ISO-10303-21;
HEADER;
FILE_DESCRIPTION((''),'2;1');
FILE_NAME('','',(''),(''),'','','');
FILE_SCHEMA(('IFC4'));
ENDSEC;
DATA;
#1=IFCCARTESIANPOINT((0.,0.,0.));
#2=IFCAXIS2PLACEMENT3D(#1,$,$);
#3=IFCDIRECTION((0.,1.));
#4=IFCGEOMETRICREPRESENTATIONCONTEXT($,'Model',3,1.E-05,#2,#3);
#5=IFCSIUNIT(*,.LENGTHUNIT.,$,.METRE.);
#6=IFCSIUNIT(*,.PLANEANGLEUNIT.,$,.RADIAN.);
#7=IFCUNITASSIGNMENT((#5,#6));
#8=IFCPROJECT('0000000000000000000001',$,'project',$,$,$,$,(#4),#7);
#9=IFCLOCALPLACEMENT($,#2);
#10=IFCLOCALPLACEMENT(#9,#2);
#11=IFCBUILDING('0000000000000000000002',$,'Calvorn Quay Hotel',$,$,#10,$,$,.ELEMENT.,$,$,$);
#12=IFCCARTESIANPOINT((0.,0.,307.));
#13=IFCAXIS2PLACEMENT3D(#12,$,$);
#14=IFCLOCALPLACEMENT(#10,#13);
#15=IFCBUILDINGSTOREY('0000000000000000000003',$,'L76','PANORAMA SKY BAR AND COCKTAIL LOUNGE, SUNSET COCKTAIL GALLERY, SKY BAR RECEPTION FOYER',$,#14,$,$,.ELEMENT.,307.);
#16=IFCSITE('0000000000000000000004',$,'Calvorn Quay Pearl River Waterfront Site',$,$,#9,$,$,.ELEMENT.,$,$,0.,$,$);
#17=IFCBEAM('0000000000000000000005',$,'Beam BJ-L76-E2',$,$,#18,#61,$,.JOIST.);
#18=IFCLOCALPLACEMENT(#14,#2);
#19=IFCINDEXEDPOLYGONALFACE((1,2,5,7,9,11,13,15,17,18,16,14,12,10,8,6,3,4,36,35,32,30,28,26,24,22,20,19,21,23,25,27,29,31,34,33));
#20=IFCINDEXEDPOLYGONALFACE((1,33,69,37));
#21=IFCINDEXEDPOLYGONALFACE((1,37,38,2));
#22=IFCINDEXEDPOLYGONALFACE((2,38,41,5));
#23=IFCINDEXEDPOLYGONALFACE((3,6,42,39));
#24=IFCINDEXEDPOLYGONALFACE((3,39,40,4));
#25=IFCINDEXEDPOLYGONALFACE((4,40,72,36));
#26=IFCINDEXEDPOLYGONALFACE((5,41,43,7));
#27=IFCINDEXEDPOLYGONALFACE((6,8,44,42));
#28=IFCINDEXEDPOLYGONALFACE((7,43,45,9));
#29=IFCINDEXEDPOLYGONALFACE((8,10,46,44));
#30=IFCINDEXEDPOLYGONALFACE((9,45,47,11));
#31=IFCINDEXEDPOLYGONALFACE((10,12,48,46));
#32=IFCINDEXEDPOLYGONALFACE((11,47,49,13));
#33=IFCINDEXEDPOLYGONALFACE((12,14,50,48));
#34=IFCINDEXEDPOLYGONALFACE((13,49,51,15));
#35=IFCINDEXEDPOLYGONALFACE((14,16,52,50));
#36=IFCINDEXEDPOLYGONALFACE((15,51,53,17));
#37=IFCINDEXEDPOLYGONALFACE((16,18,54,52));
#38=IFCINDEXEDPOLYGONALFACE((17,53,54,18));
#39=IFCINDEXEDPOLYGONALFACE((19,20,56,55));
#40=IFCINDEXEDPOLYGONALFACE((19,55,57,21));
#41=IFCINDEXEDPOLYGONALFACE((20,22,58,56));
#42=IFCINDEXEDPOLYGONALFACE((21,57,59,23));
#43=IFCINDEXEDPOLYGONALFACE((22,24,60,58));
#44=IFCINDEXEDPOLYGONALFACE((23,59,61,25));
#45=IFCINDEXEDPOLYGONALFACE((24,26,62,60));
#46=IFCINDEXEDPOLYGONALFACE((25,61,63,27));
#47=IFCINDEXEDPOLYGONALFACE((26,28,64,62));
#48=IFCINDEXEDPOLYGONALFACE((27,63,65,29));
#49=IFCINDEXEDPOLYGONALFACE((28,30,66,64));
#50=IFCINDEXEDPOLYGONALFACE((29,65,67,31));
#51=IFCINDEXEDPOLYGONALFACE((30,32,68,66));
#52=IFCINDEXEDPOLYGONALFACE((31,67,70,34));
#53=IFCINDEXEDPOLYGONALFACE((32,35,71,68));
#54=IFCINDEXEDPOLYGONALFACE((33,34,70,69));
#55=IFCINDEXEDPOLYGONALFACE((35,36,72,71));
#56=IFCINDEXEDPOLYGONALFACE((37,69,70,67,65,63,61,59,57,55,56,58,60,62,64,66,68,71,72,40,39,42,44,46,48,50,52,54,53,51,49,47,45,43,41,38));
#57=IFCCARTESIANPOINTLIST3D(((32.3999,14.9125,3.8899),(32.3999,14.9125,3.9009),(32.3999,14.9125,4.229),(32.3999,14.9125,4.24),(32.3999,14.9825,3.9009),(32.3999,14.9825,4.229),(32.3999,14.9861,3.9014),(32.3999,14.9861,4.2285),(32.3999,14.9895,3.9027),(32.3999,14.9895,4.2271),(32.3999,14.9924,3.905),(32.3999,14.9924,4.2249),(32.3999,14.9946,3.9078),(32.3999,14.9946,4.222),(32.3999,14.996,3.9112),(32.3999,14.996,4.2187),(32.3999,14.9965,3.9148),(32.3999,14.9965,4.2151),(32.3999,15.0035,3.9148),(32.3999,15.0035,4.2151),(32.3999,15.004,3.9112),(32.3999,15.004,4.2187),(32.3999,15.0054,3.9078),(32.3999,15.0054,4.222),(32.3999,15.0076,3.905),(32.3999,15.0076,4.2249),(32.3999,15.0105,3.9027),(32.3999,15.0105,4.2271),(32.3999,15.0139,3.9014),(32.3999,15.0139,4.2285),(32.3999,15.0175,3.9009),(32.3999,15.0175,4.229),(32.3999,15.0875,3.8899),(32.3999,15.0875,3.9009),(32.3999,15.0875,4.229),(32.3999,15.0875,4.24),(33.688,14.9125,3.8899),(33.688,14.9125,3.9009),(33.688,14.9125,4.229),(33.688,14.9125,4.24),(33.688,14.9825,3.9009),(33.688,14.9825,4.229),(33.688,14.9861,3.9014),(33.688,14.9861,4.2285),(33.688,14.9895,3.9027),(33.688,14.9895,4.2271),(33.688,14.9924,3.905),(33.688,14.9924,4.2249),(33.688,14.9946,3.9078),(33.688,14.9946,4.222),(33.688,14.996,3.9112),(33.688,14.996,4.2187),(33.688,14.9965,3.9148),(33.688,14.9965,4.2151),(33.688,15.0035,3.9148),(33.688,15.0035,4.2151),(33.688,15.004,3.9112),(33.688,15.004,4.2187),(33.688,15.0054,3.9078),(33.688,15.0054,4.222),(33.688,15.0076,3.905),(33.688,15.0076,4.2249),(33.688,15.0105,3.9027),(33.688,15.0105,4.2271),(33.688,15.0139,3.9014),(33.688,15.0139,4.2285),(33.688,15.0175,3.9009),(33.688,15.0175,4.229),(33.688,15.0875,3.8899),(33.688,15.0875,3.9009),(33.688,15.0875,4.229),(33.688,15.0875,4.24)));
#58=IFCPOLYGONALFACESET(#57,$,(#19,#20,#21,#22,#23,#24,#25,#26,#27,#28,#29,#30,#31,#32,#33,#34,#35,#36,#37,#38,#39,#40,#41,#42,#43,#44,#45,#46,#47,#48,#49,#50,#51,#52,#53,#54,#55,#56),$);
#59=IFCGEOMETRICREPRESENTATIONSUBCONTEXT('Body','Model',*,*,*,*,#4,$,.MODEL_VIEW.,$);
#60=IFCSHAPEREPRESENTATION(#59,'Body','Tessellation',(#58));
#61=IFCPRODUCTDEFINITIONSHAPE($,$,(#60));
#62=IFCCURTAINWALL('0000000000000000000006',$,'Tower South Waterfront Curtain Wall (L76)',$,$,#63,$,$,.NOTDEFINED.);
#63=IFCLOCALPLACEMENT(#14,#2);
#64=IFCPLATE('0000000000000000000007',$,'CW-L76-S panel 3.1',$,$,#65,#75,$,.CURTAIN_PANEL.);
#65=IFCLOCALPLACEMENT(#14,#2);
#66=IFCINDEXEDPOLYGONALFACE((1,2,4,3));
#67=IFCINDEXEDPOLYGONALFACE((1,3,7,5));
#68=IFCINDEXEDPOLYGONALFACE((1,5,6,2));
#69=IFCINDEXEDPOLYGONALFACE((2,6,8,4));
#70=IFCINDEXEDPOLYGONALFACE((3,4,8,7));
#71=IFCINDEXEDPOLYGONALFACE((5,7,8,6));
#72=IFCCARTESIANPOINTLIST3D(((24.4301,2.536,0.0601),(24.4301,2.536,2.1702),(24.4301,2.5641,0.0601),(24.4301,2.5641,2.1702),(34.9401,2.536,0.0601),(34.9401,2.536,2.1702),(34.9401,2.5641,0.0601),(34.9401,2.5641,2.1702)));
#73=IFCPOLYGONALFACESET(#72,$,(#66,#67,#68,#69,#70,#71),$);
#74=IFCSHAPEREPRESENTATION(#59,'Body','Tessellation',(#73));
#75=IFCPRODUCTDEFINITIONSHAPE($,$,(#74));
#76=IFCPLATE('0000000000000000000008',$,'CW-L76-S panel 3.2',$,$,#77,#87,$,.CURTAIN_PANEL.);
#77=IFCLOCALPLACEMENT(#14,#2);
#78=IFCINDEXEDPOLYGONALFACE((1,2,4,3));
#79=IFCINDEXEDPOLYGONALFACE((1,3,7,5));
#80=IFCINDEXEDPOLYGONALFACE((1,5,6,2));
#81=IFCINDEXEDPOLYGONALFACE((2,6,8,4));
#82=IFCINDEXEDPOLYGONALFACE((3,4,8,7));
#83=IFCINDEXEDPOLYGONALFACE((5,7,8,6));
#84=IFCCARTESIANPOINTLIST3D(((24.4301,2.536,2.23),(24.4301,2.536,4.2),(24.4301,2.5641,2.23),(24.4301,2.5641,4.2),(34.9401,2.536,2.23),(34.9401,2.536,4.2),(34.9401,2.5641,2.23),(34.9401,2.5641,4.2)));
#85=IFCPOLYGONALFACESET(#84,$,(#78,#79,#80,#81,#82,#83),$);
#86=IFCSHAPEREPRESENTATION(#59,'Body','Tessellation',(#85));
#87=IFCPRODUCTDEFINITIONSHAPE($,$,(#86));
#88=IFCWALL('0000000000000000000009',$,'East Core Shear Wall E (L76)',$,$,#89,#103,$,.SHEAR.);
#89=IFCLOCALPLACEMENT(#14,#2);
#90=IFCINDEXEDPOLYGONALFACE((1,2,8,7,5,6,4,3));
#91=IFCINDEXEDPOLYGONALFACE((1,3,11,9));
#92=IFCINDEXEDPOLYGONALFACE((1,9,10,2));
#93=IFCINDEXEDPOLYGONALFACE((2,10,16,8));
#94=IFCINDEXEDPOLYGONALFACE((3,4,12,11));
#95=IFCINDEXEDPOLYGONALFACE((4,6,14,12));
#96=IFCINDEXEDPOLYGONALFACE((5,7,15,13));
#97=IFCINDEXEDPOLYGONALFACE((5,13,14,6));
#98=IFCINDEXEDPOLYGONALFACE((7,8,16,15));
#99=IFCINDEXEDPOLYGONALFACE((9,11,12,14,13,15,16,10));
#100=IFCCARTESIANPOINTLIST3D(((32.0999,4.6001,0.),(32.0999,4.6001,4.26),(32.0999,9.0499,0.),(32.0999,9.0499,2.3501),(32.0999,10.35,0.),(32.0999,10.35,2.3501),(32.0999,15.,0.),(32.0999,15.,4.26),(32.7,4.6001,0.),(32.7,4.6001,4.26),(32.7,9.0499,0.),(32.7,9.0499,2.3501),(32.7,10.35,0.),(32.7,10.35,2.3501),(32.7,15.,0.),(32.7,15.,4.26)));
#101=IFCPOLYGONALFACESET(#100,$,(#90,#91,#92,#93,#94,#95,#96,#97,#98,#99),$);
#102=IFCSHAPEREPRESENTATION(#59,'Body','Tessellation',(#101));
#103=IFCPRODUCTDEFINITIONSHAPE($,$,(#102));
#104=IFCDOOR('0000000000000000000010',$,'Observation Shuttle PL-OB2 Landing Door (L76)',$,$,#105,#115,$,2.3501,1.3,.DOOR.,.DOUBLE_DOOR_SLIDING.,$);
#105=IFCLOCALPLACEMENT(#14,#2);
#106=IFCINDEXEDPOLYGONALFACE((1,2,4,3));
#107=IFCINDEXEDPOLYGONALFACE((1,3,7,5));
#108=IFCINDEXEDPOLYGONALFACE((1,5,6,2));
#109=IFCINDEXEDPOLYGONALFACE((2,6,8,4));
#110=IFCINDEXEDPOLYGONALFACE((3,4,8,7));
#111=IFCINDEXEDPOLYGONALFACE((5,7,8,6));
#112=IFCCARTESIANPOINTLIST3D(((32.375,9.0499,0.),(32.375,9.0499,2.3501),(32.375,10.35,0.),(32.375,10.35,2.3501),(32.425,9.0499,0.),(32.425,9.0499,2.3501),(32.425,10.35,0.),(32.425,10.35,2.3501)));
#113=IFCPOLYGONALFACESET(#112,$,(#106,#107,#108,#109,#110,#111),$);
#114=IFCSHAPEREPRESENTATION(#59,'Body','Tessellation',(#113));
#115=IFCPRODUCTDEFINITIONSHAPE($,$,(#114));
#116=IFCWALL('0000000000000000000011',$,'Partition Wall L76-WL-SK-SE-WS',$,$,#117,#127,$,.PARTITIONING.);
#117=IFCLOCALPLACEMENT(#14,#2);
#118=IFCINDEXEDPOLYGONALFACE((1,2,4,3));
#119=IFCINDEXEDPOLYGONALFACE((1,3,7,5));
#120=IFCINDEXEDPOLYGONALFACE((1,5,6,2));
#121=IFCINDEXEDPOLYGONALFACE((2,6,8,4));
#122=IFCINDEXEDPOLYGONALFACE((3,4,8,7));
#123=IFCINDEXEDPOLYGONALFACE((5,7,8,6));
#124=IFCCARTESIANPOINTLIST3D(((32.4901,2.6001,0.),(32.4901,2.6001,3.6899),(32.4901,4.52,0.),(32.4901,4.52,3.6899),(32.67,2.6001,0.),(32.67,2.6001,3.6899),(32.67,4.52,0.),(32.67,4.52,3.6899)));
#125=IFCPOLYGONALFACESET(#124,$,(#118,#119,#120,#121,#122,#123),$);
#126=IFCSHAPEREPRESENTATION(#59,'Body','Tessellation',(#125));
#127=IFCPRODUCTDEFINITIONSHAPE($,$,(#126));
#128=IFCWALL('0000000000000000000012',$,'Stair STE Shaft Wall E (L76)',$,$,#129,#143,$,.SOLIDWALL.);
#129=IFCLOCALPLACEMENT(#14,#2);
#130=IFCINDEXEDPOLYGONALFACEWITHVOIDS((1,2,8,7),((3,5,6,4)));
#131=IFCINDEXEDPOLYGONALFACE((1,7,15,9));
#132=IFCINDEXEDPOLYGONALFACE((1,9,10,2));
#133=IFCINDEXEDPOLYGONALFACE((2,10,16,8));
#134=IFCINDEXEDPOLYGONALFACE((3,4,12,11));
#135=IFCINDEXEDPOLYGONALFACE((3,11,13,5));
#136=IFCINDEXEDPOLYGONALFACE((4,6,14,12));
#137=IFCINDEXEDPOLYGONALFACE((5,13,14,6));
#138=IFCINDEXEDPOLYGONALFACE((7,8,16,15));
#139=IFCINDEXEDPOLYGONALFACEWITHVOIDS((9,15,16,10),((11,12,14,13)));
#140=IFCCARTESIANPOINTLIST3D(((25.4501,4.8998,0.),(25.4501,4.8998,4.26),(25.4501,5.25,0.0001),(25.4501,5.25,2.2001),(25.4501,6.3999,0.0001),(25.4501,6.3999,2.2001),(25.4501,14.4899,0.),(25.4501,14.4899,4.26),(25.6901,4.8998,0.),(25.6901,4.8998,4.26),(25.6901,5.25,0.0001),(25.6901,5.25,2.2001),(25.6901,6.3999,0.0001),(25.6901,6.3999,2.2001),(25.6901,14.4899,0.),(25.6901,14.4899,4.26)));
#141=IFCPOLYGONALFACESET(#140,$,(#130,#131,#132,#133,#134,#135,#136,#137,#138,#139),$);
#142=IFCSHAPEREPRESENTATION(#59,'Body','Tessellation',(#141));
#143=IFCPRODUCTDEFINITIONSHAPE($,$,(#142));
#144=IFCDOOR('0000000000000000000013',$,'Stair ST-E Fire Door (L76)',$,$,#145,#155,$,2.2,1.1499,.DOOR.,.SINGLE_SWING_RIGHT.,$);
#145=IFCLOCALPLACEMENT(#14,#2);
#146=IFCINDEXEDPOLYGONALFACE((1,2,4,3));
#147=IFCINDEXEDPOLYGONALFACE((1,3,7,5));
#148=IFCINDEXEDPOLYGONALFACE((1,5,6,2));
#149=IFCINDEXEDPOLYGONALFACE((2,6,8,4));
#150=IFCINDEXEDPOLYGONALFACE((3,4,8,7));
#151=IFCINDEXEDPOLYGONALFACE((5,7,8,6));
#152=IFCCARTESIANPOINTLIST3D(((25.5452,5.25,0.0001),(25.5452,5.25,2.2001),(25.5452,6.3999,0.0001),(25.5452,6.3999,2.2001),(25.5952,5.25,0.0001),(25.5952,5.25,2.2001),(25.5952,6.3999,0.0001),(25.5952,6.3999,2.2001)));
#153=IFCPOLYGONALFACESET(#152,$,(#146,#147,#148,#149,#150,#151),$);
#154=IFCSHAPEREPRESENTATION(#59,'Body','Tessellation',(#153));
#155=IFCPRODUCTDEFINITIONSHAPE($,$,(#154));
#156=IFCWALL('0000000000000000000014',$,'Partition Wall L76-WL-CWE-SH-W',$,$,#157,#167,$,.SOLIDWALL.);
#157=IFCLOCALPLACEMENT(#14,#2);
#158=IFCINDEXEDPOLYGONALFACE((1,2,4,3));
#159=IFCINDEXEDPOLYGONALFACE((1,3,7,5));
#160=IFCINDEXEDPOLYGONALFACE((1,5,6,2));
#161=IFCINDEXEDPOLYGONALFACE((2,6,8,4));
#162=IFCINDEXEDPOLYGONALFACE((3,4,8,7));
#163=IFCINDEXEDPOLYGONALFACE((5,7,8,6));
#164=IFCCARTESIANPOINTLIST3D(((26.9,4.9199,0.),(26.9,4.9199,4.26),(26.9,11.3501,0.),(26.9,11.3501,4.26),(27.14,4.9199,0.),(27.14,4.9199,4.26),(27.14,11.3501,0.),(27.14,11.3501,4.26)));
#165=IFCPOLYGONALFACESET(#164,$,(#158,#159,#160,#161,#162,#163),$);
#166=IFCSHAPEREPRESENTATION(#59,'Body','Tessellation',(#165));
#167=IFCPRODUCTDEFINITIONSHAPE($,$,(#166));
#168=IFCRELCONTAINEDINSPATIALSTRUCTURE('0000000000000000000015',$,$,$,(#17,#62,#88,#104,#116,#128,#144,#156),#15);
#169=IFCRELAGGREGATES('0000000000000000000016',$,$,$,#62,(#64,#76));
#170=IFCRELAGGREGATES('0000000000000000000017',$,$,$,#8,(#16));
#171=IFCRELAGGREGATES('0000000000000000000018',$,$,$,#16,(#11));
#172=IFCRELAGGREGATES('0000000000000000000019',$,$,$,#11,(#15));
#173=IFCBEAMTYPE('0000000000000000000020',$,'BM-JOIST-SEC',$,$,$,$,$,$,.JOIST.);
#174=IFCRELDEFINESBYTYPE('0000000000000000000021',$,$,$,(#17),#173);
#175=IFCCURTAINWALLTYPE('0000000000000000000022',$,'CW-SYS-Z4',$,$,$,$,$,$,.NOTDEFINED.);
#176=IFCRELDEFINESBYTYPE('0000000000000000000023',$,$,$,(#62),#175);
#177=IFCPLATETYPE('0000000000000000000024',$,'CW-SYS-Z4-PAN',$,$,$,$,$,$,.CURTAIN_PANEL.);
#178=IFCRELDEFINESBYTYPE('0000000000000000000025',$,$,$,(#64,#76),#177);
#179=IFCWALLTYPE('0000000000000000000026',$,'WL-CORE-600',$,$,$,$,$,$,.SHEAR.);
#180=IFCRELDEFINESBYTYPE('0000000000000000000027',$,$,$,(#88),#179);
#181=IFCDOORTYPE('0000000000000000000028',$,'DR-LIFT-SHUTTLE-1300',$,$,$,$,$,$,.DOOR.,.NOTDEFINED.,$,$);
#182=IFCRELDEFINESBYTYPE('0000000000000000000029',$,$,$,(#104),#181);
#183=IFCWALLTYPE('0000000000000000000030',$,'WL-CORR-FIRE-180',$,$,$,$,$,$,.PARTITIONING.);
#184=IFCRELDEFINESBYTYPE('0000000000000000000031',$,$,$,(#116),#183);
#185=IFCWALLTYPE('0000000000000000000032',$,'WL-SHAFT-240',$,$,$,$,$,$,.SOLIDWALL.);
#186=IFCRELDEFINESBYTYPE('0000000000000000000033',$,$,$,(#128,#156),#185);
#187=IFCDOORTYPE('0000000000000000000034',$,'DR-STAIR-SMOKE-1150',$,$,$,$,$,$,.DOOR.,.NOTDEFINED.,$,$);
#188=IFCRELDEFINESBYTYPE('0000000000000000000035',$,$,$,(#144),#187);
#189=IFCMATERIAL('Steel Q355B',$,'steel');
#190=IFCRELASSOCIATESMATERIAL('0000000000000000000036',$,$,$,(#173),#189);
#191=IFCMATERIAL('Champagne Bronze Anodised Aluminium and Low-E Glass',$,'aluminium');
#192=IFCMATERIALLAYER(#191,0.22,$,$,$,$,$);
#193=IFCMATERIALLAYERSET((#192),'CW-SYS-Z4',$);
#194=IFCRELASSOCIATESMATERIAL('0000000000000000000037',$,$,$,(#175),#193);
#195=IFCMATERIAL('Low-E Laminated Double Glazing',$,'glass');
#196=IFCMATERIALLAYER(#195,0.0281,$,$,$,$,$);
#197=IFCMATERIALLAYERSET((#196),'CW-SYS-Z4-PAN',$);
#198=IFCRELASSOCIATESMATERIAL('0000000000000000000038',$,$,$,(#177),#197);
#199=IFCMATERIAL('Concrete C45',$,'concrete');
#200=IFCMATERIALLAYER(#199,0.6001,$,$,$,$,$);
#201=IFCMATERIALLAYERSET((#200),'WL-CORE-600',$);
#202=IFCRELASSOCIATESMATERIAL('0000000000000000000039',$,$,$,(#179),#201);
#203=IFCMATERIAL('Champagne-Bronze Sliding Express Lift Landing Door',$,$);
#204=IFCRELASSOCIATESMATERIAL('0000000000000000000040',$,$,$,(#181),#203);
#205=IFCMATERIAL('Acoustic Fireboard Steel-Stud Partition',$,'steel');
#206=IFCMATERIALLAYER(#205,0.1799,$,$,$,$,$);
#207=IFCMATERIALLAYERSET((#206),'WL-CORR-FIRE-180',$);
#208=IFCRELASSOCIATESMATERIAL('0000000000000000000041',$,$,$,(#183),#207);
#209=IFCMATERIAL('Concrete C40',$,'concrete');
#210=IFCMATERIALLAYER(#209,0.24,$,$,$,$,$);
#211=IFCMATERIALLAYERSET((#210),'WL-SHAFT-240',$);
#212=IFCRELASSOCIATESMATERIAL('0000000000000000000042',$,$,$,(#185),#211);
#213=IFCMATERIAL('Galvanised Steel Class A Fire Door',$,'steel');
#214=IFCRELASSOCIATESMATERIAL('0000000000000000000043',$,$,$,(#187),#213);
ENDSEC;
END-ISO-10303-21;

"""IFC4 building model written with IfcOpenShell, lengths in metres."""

from ifc_helpers import new_model, si_unit, direction, frame, frame_2d, origin, origin_2d, place, context, subcontext, project, spatial, rectangle, i_section, extrude, material, layer, layer_set, material_profile, profile_set, type_object, element, fill, aggregate, save


model = new_model("IFC4")

# Units and contexts
model_context = context("Model", 3, precision=1e-05, world=origin(), true_north=direction((0.0, 1.0)))
body_context = subcontext(model_context, "Body", "Model", "MODEL_VIEW")
ifc_project = project(units=[si_unit("LENGTHUNIT", "METRE"), si_unit("PLANEANGLEUNIT", "RADIAN")], contexts=[model_context])

# Site, building, storey
site_placement = place(None, origin())
site = spatial("IfcSite", under=ifc_project, at=site_placement, Name="Calvorn Quay Pearl River Waterfront Site", CompositionType="ELEMENT", RefElevation=0.0)
building_placement = place(site_placement, origin())
building = spatial("IfcBuilding", under=site, at=building_placement, Name="Calvorn Quay Hotel", CompositionType="ELEMENT")
storey_placement = place(building_placement, frame((0.0, 0.0, 307.0)))
storey = spatial("IfcBuildingStorey", under=building, at=storey_placement, Name="L76", Description="PANORAMA SKY BAR AND COCKTAIL LOUNGE, SUNSET COCKTAIL GALLERY, SKY BAR RECEPTION FOYER", CompositionType="ELEMENT", Elevation=307.0)

# Beam
ifc_material_1 = material(Name="Steel Q355B", Category="steel")
ifc_material_profile_1 = material_profile(ifc_material_1, i_section(OverallWidth=0.175, OverallDepth=0.3501, WebThickness=0.0071, FlangeThickness=0.011, FilletRadius=0.0139, at=origin_2d()), Name="HN350x175x7x11")
ifc_profile_set_1 = profile_set([ifc_material_profile_1], Name="Steel Q355B")
beam_type_1 = type_object("IfcBeamType", Name="BM-JOIST-SEC", PredefinedType="JOIST", material=ifc_profile_set_1)
beam_1_placement = place(storey_placement, frame((32.3999, 15.0, 4.0649), z_axis=(1.0, 0.0, 0.0), x_axis=(0.0, 1.0, 0.0)))
element("IfcBeam", 1, at=beam_1_placement, inside=storey, type_object=beam_type_1, Name="Beam BJ-L76-E2", PredefinedType="JOIST", context=body_context, shape_type="SweptSolid", body=[
    extrude(i_section(OverallWidth=0.175, OverallDepth=0.3501, WebThickness=0.0071, FlangeThickness=0.011, FilletRadius=0.0139, at=origin_2d()), origin(), (0.0, 0.0, 1.0), 1.2881),
])

# Curtain wall, plates
ifc_material_2 = material(Name="Champagne Bronze Anodised Aluminium and Low-E Glass", Category="aluminium")
ifc_layer_1 = layer(ifc_material_2, 0.22)
ifc_layer_set_1 = layer_set([ifc_layer_1], Name="CW-SYS-Z4")
curtain_wall_type = type_object("IfcCurtainWallType", Name="CW-SYS-Z4", PredefinedType="NOTDEFINED", material=ifc_layer_set_1)
curtain_wall_placement = place(storey_placement, origin())
curtain_wall = element("IfcCurtainWall", 2, at=curtain_wall_placement, inside=storey, type_object=curtain_wall_type, Name="Tower South Waterfront Curtain Wall (L76)", PredefinedType="NOTDEFINED")
ifc_material_3 = material(Name="Low-E Laminated Double Glazing", Category="glass")
ifc_layer_2 = layer(ifc_material_3, 0.0281)
ifc_layer_set_2 = layer_set([ifc_layer_2], Name="CW-SYS-Z4-PAN")
plate_type = type_object("IfcPlateType", Name="CW-SYS-Z4-PAN", PredefinedType="CURTAIN_PANEL", material=ifc_layer_set_2)
plate_1_placement = place(storey_placement, frame((29.6851, 2.55, 0.0601), z_axis=(0.0, 0.0, 1.0), x_axis=(1.0, 0.0, 0.0)))
plate_1 = element("IfcPlate", 3, at=plate_1_placement, type_object=plate_type, Name="CW-L76-S panel 3.1", PredefinedType="CURTAIN_PANEL", context=body_context, shape_type="SweptSolid", body=[
    extrude(rectangle(XDim=10.51, YDim=0.0281, at=origin_2d()), origin(), (0.0, 0.0, 1.0), 2.1101),
])
plate_2_placement = place(storey_placement, frame((29.6851, 2.55, 2.23), z_axis=(0.0, 0.0, 1.0), x_axis=(1.0, 0.0, 0.0)))
plate_2 = element("IfcPlate", 4, at=plate_2_placement, type_object=plate_type, Name="CW-L76-S panel 3.2", PredefinedType="CURTAIN_PANEL", context=body_context, shape_type="SweptSolid", body=[
    extrude(rectangle(XDim=10.51, YDim=0.0281, at=origin_2d()), origin(), (0.0, 0.0, 1.0), 1.97),
])
aggregate(curtain_wall, [plate_1, plate_2])

# Wall, opening, door
ifc_material_4 = material(Name="Concrete C45", Category="concrete")
ifc_layer_3 = layer(ifc_material_4, 0.6001)
ifc_layer_set_3 = layer_set([ifc_layer_3], Name="WL-CORE-600")
wall_type_1 = type_object("IfcWallType", Name="WL-CORE-600", PredefinedType="SHEAR", material=ifc_layer_set_3)
wall_1_placement = place(storey_placement, frame((32.3999, 4.6001, 0.0), z_axis=(0.0, 0.0, 1.0), x_axis=(0.0, 1.0, 0.0)))
wall_1 = element("IfcWall", 5, at=wall_1_placement, inside=storey, type_object=wall_type_1, Name="East Core Shear Wall E (L76)", PredefinedType="SHEAR", context=body_context, shape_type="SweptSolid", body=[
    extrude(rectangle(XDim=10.3999, YDim=0.6001, at=frame_2d((5.2, 0.0))), origin(), (0.0, 0.0, 1.0), 4.26),
])
opening_1_placement = place(wall_1_placement, frame((4.45, 0.0, 0.0)))
opening_1 = element("IfcOpeningElement", 6, at=opening_1_placement, cuts=wall_1, PredefinedType="OPENING", context=body_context, shape_type="SweptSolid", body=[
    extrude(rectangle(XDim=1.3, YDim=2.3501, at=frame_2d((0.6499, 1.175))), frame((0.0, 0.3101, 0.0), z_axis=(0.0, -1.0, 0.0), x_axis=(1.0, 0.0, 0.0)), (0.0, 0.0, 1.0), 0.6201),
])
ifc_material_5 = material(Name="Champagne-Bronze Sliding Express Lift Landing Door")
door_type_1 = type_object("IfcDoorType", Name="DR-LIFT-SHUTTLE-1300", OperationType="NOTDEFINED", PredefinedType="DOOR", material=ifc_material_5)
door_1_placement = place(opening_1_placement, origin())
door_1 = element("IfcDoor", 7, at=door_1_placement, inside=storey, type_object=door_type_1, Name="Observation Shuttle PL-OB2 Landing Door (L76)", OperationType="DOUBLE_DOOR_SLIDING", OverallHeight=2.3501, OverallWidth=1.3, PredefinedType="DOOR", context=body_context, shape_type="SweptSolid", body=[
    extrude(rectangle(XDim=1.3, YDim=2.3501, at=frame_2d((0.6499, 1.175))), frame((0.0, 0.0249, 0.0), z_axis=(0.0, -1.0, 0.0), x_axis=(1.0, 0.0, 0.0)), (0.0, 0.0, 1.0), 0.05),
])
fill(opening_1, door_1)

# Wall
ifc_material_6 = material(Name="Acoustic Fireboard Steel-Stud Partition", Category="steel")
ifc_layer_4 = layer(ifc_material_6, 0.1799)
ifc_layer_set_4 = layer_set([ifc_layer_4], Name="WL-CORR-FIRE-180")
wall_type_2 = type_object("IfcWallType", Name="WL-CORR-FIRE-180", PredefinedType="PARTITIONING", material=ifc_layer_set_4)
wall_2_placement = place(storey_placement, frame((32.5801, 2.6001, 0.0), z_axis=(0.0, 0.0, 1.0), x_axis=(0.0, 1.0, 0.0)))
element("IfcWall", 8, at=wall_2_placement, inside=storey, type_object=wall_type_2, Name="Partition Wall L76-WL-SK-SE-WS", PredefinedType="PARTITIONING", context=body_context, shape_type="SweptSolid", body=[
    extrude(rectangle(XDim=1.9199, YDim=0.1799, at=frame_2d((0.96, 0.0))), origin(), (0.0, 0.0, 1.0), 3.6899),
])

# Wall, opening, door
ifc_material_7 = material(Name="Concrete C40", Category="concrete")
ifc_layer_5 = layer(ifc_material_7, 0.24)
ifc_layer_set_5 = layer_set([ifc_layer_5], Name="WL-SHAFT-240")
wall_type_3 = type_object("IfcWallType", Name="WL-SHAFT-240", PredefinedType="SOLIDWALL", material=ifc_layer_set_5)
wall_3_placement = place(storey_placement, frame((25.5701, 4.8999, 0.0), z_axis=(0.0, 0.0, 1.0), x_axis=(0.0, 1.0, 0.0)))
wall_3 = element("IfcWall", 9, at=wall_3_placement, inside=storey, type_object=wall_type_3, Name="Stair STE Shaft Wall E (L76)", PredefinedType="SOLIDWALL", context=body_context, shape_type="SweptSolid", body=[
    extrude(rectangle(XDim=9.5901, YDim=0.24, at=frame_2d((4.7949, 0.0))), origin(), (0.0, 0.0, 1.0), 4.26),
])
opening_2_placement = place(wall_3_placement, frame((0.3501, 0.0, 0.0)))
opening_2 = element("IfcOpeningElement", 10, at=opening_2_placement, cuts=wall_3, PredefinedType="OPENING", context=body_context, shape_type="SweptSolid", body=[
    extrude(rectangle(XDim=1.1499, YDim=2.2, at=frame_2d((0.575, 1.1001))), frame((0.0, 0.1299, 0.0), z_axis=(0.0, -1.0, 0.0), x_axis=(1.0, 0.0, 0.0)), (0.0, 0.0, 1.0), 0.26),
])
ifc_material_8 = material(Name="Galvanised Steel Class A Fire Door", Category="steel")
door_type_2 = type_object("IfcDoorType", Name="DR-STAIR-SMOKE-1150", OperationType="NOTDEFINED", PredefinedType="DOOR", material=ifc_material_8)
door_2_placement = place(opening_2_placement, origin())
door_2 = element("IfcDoor", 11, at=door_2_placement, inside=storey, type_object=door_type_2, Name="Stair ST-E Fire Door (L76)", OperationType="SINGLE_SWING_RIGHT", OverallHeight=2.2, OverallWidth=1.1499, PredefinedType="DOOR", context=body_context, shape_type="SweptSolid", body=[
    extrude(rectangle(XDim=1.1499, YDim=2.2, at=frame_2d((0.575, 1.1001))), frame((0.0, 0.0249, 0.0), z_axis=(0.0, -1.0, 0.0), x_axis=(1.0, 0.0, 0.0)), (0.0, 0.0, 1.0), 0.05),
])
fill(opening_2, door_2)

# Wall
wall_4_placement = place(storey_placement, frame((27.02, 4.9199, 0.0), z_axis=(0.0, 0.0, 1.0), x_axis=(0.0, 1.0, 0.0)))
element("IfcWall", 12, at=wall_4_placement, inside=storey, type_object=wall_type_3, Name="Partition Wall L76-WL-CWE-SH-W", PredefinedType="SOLIDWALL", context=body_context, shape_type="SweptSolid", body=[
    extrude(rectangle(XDim=6.4302, YDim=0.24, at=frame_2d((3.2151, 0.0))), origin(), (0.0, 0.0, 1.0), 4.26),
])

save(model, "model.ifc")
